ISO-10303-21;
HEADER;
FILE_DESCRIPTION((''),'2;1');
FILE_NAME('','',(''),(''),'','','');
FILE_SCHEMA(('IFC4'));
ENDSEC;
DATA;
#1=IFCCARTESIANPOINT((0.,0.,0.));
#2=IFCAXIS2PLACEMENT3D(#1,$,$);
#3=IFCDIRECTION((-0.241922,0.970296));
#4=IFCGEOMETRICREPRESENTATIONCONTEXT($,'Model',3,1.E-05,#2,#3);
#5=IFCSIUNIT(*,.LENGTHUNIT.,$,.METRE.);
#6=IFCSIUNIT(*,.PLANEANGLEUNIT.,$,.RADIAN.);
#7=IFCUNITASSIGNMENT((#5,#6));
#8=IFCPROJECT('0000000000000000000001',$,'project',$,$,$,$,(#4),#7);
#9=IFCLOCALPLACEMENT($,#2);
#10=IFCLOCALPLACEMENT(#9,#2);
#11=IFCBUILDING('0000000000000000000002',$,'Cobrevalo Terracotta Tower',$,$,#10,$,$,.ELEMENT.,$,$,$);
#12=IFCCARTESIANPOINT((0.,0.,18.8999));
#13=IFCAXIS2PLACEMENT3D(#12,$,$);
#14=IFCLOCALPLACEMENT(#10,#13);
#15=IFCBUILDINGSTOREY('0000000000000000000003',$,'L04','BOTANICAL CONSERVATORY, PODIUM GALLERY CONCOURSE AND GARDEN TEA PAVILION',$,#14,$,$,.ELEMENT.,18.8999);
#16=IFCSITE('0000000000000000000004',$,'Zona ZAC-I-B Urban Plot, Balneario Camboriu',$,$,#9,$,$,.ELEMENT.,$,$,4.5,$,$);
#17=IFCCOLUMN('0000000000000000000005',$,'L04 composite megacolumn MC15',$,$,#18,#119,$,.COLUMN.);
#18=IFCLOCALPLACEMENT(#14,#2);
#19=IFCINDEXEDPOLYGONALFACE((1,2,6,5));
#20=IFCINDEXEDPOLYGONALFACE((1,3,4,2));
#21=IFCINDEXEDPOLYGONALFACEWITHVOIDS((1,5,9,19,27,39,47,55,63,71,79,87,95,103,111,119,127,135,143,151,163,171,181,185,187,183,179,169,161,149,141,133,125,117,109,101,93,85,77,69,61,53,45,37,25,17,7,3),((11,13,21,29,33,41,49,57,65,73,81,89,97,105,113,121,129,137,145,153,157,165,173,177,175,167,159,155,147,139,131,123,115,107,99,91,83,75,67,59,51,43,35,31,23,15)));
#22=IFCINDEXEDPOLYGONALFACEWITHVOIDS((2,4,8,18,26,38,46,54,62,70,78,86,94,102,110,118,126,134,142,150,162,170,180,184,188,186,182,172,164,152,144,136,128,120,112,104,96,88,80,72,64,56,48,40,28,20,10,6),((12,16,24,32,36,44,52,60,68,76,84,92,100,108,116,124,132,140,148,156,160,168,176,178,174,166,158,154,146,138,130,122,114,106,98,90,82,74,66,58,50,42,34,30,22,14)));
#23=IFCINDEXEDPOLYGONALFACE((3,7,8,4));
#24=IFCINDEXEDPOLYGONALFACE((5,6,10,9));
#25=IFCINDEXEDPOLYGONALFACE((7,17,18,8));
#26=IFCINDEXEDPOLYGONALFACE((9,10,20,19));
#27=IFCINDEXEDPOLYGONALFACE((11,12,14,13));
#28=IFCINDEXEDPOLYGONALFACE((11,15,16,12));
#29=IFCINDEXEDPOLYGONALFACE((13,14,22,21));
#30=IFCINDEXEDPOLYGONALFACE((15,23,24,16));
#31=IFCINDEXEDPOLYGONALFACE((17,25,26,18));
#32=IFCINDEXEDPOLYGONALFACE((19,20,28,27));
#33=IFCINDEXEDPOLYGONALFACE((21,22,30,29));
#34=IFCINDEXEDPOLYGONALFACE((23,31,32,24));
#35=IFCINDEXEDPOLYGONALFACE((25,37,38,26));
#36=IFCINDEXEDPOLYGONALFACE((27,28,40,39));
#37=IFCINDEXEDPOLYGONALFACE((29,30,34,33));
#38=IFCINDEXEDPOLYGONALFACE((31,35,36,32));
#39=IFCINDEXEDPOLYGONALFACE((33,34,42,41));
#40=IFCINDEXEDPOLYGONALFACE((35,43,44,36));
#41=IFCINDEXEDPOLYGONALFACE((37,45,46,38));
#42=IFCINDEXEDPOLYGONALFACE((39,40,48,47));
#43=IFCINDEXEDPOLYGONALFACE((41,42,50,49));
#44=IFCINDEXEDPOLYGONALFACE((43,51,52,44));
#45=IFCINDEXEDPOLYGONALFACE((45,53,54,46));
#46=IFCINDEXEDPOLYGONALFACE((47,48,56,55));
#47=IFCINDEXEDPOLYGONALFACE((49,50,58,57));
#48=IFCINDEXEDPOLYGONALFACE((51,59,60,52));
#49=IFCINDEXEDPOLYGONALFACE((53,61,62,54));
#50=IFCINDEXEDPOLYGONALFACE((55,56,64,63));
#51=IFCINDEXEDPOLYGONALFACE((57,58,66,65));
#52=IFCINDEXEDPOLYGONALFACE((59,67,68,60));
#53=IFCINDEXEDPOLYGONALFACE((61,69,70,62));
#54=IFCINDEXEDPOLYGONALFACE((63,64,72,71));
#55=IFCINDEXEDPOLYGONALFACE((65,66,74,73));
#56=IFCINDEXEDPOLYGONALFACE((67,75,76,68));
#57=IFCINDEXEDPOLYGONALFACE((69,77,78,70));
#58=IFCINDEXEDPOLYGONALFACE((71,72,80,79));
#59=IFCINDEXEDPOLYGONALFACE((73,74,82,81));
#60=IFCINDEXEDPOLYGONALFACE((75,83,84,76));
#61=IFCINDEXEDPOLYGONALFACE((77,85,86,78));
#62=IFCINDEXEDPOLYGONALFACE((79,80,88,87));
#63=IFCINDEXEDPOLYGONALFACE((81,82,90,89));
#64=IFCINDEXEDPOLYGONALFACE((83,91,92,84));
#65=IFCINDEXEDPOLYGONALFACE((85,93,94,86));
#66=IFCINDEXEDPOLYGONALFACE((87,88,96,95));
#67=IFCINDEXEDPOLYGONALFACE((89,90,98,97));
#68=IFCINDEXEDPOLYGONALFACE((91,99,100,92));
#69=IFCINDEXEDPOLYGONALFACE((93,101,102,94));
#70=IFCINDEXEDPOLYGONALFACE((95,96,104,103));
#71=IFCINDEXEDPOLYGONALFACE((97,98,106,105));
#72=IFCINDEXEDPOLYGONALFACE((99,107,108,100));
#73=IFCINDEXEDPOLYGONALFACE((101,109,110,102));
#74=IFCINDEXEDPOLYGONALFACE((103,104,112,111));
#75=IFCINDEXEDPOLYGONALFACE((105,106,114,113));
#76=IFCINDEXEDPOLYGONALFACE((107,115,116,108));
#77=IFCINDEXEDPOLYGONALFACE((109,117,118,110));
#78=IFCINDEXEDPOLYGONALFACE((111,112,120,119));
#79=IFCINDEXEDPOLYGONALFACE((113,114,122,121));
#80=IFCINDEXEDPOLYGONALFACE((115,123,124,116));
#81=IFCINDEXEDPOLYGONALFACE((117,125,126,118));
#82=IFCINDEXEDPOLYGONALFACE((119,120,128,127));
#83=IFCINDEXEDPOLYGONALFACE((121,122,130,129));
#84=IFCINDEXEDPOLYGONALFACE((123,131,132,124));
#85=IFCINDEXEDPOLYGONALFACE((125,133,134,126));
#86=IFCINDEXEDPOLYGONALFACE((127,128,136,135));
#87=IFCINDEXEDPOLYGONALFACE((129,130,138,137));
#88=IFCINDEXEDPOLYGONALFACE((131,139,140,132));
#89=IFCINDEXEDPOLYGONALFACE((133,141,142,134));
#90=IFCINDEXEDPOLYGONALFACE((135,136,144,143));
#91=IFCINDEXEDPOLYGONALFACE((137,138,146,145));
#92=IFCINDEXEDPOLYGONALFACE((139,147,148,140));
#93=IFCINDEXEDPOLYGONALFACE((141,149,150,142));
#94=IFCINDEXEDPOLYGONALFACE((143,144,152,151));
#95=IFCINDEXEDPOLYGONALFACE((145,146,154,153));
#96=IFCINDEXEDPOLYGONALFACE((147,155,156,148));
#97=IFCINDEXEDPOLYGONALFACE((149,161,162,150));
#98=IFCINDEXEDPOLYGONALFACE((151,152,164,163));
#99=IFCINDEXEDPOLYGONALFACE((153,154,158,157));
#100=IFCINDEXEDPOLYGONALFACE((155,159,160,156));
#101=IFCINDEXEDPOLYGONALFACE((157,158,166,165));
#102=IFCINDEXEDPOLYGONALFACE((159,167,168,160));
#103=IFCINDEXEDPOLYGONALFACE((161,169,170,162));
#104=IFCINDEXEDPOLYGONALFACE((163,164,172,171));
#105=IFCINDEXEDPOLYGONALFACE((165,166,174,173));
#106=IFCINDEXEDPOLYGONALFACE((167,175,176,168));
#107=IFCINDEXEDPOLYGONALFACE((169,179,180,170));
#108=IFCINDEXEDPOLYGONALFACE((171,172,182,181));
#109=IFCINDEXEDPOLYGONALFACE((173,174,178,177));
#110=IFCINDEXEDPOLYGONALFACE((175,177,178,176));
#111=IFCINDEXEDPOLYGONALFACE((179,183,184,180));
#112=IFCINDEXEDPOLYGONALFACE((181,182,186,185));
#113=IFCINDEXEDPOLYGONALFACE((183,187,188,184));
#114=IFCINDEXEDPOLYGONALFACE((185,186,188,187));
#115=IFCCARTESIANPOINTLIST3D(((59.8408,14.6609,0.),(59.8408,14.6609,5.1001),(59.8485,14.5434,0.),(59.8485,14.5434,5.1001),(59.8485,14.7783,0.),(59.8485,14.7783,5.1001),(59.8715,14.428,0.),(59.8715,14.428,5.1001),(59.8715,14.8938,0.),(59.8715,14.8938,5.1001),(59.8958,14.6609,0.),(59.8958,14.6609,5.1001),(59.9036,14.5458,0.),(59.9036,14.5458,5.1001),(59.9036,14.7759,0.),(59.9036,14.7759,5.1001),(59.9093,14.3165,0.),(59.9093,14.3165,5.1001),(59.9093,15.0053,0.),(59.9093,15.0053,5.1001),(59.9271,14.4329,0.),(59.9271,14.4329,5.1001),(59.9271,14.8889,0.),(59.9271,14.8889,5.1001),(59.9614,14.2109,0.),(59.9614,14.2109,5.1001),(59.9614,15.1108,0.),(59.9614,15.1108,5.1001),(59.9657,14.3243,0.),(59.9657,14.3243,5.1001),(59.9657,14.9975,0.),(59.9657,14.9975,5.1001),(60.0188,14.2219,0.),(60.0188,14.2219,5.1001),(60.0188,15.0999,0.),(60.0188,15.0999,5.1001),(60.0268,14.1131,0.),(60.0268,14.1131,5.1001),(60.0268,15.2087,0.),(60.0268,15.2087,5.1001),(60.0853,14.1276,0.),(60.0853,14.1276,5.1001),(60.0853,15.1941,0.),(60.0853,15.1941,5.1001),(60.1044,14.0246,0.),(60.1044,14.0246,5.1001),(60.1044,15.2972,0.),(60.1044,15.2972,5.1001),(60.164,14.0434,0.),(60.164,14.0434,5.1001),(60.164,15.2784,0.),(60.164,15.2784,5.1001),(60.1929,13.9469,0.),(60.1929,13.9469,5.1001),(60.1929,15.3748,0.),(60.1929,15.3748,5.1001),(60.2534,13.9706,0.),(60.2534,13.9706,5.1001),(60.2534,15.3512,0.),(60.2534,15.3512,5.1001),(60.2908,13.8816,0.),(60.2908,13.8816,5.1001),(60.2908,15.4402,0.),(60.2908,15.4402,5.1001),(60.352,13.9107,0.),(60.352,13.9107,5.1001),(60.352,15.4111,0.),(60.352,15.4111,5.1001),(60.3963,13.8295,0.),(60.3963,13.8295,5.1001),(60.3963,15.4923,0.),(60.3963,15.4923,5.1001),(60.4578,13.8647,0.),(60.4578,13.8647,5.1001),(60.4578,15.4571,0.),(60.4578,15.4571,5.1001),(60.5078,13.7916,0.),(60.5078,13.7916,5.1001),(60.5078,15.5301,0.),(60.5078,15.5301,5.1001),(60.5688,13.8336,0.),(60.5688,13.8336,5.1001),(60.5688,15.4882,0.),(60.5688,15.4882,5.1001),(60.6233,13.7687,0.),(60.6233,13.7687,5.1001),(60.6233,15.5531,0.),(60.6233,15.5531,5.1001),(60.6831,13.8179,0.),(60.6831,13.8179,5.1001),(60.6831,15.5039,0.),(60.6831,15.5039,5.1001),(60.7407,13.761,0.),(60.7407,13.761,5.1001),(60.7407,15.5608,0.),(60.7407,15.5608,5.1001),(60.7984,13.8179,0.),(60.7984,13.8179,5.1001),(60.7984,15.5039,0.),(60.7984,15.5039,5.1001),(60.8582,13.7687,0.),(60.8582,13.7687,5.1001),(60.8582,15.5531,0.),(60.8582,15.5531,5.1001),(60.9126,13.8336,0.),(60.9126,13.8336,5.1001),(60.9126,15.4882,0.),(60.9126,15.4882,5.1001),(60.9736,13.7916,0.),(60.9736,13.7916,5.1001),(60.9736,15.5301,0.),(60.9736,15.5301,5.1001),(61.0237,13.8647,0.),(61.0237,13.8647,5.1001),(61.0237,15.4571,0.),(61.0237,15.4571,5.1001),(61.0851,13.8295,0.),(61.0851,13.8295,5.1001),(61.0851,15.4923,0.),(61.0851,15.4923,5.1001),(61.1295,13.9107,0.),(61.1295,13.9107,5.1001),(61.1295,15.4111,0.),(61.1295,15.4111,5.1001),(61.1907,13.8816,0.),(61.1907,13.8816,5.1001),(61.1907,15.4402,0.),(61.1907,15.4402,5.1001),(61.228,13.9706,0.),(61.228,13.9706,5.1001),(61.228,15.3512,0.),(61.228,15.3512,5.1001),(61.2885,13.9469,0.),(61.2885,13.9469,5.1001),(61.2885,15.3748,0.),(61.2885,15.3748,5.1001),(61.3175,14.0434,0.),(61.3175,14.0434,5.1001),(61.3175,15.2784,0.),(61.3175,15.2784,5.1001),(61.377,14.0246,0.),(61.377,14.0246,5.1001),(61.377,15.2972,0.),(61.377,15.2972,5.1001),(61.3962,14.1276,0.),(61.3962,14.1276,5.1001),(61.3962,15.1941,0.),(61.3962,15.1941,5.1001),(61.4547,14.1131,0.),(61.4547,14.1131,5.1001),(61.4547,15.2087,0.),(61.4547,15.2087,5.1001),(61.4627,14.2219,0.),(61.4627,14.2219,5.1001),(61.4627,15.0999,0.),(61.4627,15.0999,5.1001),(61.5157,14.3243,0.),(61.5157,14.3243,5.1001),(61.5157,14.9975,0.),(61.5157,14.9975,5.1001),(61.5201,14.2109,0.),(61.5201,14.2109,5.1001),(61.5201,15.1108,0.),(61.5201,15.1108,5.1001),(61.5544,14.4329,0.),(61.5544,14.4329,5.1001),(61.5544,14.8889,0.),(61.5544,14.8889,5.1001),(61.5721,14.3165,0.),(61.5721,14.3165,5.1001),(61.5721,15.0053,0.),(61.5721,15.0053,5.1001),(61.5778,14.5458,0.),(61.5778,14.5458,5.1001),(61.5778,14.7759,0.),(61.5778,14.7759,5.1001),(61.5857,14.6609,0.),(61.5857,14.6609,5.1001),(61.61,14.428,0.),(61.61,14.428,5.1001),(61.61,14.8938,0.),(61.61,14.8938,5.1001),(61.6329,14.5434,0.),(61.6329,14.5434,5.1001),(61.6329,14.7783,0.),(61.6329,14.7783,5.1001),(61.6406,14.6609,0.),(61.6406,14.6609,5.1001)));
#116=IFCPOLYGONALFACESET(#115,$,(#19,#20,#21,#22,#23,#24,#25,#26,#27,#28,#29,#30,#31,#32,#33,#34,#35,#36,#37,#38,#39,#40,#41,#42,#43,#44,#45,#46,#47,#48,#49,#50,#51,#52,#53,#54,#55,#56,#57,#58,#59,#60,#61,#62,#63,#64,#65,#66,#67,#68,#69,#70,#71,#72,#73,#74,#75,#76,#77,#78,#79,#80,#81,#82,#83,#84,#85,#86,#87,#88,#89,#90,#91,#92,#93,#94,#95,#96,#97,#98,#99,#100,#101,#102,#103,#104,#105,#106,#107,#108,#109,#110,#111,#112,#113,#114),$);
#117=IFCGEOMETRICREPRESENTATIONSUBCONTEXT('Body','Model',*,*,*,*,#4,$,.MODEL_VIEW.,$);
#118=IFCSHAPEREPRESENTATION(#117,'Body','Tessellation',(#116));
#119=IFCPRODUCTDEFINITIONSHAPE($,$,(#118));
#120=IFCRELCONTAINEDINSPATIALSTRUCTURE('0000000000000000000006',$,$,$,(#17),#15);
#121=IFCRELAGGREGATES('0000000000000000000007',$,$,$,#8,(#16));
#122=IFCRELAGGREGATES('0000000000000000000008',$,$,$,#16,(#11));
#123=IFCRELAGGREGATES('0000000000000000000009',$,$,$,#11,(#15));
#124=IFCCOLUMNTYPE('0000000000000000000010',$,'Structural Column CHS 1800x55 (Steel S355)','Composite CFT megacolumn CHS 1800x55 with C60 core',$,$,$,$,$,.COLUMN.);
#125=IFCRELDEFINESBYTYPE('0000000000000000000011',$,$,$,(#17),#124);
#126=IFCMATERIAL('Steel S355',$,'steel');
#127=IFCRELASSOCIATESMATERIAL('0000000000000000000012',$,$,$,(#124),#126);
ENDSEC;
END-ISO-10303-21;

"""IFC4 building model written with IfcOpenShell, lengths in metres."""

from ifc_helpers import new_model, si_unit, direction, frame, origin, origin_2d, place, context, subcontext, project, spatial, hollow_circle, extrude, material, material_profile, profile_set, type_object, element, save


model = new_model("IFC4")

# Units and contexts
model_context = context("Model", 3, precision=1e-05, world=origin(), true_north=direction((-0.241922, 0.970296)))
body_context = subcontext(model_context, "Body", "Model", "MODEL_VIEW")
ifc_project = project(units=[si_unit("LENGTHUNIT", "METRE"), si_unit("PLANEANGLEUNIT", "RADIAN")], contexts=[model_context])

# Site, building, storey
site_placement = place(None, origin())
site = spatial("IfcSite", under=ifc_project, at=site_placement, Name="Zona ZAC-I-B Urban Plot, Balneario Camboriu", CompositionType="ELEMENT", RefElevation=4.5)
building_placement = place(site_placement, origin())
building = spatial("IfcBuilding", under=site, at=building_placement, Name="Cobrevalo Terracotta Tower", CompositionType="ELEMENT")
storey_placement = place(building_placement, frame((0.0, 0.0, 18.8999)))
storey = spatial("IfcBuildingStorey", under=building, at=storey_placement, Name="L04", Description="BOTANICAL CONSERVATORY, PODIUM GALLERY CONCOURSE AND GARDEN TEA PAVILION", CompositionType="ELEMENT", Elevation=18.8999)

# Column
ifc_material_1 = material(Name="Steel S355", Category="steel")
ifc_material_profile_1 = material_profile(ifc_material_1, hollow_circle(Radius=0.8999, WallThickness=0.0549, at=origin_2d()), Name="CHS 1800x55")
ifc_profile_set_1 = profile_set([ifc_material_profile_1], Name="Steel S355")
column_type_1 = type_object("IfcColumnType", Name="Structural Column CHS 1800x55 (Steel S355)", Description="Composite CFT megacolumn CHS 1800x55 with C60 core", PredefinedType="COLUMN", material=ifc_profile_set_1)
for number, where, z_axis, x_axis, name in (
    (1, (60.7407, 14.6609, 0.0), (0.0, 0.0, 1.0), (1.0, 0.0, 0.0), "L04 composite megacolumn MC15"),
):
    element("IfcColumn", number, at=place(storey_placement, frame(where, z_axis=z_axis, x_axis=x_axis)), inside=storey, type_object=column_type_1, Name=name, PredefinedType="COLUMN", context=body_context, shape_type="SweptSolid", body=[
        extrude(hollow_circle(Radius=0.8999, WallThickness=0.0549, at=origin_2d()), origin(), (0.0, 0.0, 1.0), 5.1001),
    ])

save(model, "model.ifc")
